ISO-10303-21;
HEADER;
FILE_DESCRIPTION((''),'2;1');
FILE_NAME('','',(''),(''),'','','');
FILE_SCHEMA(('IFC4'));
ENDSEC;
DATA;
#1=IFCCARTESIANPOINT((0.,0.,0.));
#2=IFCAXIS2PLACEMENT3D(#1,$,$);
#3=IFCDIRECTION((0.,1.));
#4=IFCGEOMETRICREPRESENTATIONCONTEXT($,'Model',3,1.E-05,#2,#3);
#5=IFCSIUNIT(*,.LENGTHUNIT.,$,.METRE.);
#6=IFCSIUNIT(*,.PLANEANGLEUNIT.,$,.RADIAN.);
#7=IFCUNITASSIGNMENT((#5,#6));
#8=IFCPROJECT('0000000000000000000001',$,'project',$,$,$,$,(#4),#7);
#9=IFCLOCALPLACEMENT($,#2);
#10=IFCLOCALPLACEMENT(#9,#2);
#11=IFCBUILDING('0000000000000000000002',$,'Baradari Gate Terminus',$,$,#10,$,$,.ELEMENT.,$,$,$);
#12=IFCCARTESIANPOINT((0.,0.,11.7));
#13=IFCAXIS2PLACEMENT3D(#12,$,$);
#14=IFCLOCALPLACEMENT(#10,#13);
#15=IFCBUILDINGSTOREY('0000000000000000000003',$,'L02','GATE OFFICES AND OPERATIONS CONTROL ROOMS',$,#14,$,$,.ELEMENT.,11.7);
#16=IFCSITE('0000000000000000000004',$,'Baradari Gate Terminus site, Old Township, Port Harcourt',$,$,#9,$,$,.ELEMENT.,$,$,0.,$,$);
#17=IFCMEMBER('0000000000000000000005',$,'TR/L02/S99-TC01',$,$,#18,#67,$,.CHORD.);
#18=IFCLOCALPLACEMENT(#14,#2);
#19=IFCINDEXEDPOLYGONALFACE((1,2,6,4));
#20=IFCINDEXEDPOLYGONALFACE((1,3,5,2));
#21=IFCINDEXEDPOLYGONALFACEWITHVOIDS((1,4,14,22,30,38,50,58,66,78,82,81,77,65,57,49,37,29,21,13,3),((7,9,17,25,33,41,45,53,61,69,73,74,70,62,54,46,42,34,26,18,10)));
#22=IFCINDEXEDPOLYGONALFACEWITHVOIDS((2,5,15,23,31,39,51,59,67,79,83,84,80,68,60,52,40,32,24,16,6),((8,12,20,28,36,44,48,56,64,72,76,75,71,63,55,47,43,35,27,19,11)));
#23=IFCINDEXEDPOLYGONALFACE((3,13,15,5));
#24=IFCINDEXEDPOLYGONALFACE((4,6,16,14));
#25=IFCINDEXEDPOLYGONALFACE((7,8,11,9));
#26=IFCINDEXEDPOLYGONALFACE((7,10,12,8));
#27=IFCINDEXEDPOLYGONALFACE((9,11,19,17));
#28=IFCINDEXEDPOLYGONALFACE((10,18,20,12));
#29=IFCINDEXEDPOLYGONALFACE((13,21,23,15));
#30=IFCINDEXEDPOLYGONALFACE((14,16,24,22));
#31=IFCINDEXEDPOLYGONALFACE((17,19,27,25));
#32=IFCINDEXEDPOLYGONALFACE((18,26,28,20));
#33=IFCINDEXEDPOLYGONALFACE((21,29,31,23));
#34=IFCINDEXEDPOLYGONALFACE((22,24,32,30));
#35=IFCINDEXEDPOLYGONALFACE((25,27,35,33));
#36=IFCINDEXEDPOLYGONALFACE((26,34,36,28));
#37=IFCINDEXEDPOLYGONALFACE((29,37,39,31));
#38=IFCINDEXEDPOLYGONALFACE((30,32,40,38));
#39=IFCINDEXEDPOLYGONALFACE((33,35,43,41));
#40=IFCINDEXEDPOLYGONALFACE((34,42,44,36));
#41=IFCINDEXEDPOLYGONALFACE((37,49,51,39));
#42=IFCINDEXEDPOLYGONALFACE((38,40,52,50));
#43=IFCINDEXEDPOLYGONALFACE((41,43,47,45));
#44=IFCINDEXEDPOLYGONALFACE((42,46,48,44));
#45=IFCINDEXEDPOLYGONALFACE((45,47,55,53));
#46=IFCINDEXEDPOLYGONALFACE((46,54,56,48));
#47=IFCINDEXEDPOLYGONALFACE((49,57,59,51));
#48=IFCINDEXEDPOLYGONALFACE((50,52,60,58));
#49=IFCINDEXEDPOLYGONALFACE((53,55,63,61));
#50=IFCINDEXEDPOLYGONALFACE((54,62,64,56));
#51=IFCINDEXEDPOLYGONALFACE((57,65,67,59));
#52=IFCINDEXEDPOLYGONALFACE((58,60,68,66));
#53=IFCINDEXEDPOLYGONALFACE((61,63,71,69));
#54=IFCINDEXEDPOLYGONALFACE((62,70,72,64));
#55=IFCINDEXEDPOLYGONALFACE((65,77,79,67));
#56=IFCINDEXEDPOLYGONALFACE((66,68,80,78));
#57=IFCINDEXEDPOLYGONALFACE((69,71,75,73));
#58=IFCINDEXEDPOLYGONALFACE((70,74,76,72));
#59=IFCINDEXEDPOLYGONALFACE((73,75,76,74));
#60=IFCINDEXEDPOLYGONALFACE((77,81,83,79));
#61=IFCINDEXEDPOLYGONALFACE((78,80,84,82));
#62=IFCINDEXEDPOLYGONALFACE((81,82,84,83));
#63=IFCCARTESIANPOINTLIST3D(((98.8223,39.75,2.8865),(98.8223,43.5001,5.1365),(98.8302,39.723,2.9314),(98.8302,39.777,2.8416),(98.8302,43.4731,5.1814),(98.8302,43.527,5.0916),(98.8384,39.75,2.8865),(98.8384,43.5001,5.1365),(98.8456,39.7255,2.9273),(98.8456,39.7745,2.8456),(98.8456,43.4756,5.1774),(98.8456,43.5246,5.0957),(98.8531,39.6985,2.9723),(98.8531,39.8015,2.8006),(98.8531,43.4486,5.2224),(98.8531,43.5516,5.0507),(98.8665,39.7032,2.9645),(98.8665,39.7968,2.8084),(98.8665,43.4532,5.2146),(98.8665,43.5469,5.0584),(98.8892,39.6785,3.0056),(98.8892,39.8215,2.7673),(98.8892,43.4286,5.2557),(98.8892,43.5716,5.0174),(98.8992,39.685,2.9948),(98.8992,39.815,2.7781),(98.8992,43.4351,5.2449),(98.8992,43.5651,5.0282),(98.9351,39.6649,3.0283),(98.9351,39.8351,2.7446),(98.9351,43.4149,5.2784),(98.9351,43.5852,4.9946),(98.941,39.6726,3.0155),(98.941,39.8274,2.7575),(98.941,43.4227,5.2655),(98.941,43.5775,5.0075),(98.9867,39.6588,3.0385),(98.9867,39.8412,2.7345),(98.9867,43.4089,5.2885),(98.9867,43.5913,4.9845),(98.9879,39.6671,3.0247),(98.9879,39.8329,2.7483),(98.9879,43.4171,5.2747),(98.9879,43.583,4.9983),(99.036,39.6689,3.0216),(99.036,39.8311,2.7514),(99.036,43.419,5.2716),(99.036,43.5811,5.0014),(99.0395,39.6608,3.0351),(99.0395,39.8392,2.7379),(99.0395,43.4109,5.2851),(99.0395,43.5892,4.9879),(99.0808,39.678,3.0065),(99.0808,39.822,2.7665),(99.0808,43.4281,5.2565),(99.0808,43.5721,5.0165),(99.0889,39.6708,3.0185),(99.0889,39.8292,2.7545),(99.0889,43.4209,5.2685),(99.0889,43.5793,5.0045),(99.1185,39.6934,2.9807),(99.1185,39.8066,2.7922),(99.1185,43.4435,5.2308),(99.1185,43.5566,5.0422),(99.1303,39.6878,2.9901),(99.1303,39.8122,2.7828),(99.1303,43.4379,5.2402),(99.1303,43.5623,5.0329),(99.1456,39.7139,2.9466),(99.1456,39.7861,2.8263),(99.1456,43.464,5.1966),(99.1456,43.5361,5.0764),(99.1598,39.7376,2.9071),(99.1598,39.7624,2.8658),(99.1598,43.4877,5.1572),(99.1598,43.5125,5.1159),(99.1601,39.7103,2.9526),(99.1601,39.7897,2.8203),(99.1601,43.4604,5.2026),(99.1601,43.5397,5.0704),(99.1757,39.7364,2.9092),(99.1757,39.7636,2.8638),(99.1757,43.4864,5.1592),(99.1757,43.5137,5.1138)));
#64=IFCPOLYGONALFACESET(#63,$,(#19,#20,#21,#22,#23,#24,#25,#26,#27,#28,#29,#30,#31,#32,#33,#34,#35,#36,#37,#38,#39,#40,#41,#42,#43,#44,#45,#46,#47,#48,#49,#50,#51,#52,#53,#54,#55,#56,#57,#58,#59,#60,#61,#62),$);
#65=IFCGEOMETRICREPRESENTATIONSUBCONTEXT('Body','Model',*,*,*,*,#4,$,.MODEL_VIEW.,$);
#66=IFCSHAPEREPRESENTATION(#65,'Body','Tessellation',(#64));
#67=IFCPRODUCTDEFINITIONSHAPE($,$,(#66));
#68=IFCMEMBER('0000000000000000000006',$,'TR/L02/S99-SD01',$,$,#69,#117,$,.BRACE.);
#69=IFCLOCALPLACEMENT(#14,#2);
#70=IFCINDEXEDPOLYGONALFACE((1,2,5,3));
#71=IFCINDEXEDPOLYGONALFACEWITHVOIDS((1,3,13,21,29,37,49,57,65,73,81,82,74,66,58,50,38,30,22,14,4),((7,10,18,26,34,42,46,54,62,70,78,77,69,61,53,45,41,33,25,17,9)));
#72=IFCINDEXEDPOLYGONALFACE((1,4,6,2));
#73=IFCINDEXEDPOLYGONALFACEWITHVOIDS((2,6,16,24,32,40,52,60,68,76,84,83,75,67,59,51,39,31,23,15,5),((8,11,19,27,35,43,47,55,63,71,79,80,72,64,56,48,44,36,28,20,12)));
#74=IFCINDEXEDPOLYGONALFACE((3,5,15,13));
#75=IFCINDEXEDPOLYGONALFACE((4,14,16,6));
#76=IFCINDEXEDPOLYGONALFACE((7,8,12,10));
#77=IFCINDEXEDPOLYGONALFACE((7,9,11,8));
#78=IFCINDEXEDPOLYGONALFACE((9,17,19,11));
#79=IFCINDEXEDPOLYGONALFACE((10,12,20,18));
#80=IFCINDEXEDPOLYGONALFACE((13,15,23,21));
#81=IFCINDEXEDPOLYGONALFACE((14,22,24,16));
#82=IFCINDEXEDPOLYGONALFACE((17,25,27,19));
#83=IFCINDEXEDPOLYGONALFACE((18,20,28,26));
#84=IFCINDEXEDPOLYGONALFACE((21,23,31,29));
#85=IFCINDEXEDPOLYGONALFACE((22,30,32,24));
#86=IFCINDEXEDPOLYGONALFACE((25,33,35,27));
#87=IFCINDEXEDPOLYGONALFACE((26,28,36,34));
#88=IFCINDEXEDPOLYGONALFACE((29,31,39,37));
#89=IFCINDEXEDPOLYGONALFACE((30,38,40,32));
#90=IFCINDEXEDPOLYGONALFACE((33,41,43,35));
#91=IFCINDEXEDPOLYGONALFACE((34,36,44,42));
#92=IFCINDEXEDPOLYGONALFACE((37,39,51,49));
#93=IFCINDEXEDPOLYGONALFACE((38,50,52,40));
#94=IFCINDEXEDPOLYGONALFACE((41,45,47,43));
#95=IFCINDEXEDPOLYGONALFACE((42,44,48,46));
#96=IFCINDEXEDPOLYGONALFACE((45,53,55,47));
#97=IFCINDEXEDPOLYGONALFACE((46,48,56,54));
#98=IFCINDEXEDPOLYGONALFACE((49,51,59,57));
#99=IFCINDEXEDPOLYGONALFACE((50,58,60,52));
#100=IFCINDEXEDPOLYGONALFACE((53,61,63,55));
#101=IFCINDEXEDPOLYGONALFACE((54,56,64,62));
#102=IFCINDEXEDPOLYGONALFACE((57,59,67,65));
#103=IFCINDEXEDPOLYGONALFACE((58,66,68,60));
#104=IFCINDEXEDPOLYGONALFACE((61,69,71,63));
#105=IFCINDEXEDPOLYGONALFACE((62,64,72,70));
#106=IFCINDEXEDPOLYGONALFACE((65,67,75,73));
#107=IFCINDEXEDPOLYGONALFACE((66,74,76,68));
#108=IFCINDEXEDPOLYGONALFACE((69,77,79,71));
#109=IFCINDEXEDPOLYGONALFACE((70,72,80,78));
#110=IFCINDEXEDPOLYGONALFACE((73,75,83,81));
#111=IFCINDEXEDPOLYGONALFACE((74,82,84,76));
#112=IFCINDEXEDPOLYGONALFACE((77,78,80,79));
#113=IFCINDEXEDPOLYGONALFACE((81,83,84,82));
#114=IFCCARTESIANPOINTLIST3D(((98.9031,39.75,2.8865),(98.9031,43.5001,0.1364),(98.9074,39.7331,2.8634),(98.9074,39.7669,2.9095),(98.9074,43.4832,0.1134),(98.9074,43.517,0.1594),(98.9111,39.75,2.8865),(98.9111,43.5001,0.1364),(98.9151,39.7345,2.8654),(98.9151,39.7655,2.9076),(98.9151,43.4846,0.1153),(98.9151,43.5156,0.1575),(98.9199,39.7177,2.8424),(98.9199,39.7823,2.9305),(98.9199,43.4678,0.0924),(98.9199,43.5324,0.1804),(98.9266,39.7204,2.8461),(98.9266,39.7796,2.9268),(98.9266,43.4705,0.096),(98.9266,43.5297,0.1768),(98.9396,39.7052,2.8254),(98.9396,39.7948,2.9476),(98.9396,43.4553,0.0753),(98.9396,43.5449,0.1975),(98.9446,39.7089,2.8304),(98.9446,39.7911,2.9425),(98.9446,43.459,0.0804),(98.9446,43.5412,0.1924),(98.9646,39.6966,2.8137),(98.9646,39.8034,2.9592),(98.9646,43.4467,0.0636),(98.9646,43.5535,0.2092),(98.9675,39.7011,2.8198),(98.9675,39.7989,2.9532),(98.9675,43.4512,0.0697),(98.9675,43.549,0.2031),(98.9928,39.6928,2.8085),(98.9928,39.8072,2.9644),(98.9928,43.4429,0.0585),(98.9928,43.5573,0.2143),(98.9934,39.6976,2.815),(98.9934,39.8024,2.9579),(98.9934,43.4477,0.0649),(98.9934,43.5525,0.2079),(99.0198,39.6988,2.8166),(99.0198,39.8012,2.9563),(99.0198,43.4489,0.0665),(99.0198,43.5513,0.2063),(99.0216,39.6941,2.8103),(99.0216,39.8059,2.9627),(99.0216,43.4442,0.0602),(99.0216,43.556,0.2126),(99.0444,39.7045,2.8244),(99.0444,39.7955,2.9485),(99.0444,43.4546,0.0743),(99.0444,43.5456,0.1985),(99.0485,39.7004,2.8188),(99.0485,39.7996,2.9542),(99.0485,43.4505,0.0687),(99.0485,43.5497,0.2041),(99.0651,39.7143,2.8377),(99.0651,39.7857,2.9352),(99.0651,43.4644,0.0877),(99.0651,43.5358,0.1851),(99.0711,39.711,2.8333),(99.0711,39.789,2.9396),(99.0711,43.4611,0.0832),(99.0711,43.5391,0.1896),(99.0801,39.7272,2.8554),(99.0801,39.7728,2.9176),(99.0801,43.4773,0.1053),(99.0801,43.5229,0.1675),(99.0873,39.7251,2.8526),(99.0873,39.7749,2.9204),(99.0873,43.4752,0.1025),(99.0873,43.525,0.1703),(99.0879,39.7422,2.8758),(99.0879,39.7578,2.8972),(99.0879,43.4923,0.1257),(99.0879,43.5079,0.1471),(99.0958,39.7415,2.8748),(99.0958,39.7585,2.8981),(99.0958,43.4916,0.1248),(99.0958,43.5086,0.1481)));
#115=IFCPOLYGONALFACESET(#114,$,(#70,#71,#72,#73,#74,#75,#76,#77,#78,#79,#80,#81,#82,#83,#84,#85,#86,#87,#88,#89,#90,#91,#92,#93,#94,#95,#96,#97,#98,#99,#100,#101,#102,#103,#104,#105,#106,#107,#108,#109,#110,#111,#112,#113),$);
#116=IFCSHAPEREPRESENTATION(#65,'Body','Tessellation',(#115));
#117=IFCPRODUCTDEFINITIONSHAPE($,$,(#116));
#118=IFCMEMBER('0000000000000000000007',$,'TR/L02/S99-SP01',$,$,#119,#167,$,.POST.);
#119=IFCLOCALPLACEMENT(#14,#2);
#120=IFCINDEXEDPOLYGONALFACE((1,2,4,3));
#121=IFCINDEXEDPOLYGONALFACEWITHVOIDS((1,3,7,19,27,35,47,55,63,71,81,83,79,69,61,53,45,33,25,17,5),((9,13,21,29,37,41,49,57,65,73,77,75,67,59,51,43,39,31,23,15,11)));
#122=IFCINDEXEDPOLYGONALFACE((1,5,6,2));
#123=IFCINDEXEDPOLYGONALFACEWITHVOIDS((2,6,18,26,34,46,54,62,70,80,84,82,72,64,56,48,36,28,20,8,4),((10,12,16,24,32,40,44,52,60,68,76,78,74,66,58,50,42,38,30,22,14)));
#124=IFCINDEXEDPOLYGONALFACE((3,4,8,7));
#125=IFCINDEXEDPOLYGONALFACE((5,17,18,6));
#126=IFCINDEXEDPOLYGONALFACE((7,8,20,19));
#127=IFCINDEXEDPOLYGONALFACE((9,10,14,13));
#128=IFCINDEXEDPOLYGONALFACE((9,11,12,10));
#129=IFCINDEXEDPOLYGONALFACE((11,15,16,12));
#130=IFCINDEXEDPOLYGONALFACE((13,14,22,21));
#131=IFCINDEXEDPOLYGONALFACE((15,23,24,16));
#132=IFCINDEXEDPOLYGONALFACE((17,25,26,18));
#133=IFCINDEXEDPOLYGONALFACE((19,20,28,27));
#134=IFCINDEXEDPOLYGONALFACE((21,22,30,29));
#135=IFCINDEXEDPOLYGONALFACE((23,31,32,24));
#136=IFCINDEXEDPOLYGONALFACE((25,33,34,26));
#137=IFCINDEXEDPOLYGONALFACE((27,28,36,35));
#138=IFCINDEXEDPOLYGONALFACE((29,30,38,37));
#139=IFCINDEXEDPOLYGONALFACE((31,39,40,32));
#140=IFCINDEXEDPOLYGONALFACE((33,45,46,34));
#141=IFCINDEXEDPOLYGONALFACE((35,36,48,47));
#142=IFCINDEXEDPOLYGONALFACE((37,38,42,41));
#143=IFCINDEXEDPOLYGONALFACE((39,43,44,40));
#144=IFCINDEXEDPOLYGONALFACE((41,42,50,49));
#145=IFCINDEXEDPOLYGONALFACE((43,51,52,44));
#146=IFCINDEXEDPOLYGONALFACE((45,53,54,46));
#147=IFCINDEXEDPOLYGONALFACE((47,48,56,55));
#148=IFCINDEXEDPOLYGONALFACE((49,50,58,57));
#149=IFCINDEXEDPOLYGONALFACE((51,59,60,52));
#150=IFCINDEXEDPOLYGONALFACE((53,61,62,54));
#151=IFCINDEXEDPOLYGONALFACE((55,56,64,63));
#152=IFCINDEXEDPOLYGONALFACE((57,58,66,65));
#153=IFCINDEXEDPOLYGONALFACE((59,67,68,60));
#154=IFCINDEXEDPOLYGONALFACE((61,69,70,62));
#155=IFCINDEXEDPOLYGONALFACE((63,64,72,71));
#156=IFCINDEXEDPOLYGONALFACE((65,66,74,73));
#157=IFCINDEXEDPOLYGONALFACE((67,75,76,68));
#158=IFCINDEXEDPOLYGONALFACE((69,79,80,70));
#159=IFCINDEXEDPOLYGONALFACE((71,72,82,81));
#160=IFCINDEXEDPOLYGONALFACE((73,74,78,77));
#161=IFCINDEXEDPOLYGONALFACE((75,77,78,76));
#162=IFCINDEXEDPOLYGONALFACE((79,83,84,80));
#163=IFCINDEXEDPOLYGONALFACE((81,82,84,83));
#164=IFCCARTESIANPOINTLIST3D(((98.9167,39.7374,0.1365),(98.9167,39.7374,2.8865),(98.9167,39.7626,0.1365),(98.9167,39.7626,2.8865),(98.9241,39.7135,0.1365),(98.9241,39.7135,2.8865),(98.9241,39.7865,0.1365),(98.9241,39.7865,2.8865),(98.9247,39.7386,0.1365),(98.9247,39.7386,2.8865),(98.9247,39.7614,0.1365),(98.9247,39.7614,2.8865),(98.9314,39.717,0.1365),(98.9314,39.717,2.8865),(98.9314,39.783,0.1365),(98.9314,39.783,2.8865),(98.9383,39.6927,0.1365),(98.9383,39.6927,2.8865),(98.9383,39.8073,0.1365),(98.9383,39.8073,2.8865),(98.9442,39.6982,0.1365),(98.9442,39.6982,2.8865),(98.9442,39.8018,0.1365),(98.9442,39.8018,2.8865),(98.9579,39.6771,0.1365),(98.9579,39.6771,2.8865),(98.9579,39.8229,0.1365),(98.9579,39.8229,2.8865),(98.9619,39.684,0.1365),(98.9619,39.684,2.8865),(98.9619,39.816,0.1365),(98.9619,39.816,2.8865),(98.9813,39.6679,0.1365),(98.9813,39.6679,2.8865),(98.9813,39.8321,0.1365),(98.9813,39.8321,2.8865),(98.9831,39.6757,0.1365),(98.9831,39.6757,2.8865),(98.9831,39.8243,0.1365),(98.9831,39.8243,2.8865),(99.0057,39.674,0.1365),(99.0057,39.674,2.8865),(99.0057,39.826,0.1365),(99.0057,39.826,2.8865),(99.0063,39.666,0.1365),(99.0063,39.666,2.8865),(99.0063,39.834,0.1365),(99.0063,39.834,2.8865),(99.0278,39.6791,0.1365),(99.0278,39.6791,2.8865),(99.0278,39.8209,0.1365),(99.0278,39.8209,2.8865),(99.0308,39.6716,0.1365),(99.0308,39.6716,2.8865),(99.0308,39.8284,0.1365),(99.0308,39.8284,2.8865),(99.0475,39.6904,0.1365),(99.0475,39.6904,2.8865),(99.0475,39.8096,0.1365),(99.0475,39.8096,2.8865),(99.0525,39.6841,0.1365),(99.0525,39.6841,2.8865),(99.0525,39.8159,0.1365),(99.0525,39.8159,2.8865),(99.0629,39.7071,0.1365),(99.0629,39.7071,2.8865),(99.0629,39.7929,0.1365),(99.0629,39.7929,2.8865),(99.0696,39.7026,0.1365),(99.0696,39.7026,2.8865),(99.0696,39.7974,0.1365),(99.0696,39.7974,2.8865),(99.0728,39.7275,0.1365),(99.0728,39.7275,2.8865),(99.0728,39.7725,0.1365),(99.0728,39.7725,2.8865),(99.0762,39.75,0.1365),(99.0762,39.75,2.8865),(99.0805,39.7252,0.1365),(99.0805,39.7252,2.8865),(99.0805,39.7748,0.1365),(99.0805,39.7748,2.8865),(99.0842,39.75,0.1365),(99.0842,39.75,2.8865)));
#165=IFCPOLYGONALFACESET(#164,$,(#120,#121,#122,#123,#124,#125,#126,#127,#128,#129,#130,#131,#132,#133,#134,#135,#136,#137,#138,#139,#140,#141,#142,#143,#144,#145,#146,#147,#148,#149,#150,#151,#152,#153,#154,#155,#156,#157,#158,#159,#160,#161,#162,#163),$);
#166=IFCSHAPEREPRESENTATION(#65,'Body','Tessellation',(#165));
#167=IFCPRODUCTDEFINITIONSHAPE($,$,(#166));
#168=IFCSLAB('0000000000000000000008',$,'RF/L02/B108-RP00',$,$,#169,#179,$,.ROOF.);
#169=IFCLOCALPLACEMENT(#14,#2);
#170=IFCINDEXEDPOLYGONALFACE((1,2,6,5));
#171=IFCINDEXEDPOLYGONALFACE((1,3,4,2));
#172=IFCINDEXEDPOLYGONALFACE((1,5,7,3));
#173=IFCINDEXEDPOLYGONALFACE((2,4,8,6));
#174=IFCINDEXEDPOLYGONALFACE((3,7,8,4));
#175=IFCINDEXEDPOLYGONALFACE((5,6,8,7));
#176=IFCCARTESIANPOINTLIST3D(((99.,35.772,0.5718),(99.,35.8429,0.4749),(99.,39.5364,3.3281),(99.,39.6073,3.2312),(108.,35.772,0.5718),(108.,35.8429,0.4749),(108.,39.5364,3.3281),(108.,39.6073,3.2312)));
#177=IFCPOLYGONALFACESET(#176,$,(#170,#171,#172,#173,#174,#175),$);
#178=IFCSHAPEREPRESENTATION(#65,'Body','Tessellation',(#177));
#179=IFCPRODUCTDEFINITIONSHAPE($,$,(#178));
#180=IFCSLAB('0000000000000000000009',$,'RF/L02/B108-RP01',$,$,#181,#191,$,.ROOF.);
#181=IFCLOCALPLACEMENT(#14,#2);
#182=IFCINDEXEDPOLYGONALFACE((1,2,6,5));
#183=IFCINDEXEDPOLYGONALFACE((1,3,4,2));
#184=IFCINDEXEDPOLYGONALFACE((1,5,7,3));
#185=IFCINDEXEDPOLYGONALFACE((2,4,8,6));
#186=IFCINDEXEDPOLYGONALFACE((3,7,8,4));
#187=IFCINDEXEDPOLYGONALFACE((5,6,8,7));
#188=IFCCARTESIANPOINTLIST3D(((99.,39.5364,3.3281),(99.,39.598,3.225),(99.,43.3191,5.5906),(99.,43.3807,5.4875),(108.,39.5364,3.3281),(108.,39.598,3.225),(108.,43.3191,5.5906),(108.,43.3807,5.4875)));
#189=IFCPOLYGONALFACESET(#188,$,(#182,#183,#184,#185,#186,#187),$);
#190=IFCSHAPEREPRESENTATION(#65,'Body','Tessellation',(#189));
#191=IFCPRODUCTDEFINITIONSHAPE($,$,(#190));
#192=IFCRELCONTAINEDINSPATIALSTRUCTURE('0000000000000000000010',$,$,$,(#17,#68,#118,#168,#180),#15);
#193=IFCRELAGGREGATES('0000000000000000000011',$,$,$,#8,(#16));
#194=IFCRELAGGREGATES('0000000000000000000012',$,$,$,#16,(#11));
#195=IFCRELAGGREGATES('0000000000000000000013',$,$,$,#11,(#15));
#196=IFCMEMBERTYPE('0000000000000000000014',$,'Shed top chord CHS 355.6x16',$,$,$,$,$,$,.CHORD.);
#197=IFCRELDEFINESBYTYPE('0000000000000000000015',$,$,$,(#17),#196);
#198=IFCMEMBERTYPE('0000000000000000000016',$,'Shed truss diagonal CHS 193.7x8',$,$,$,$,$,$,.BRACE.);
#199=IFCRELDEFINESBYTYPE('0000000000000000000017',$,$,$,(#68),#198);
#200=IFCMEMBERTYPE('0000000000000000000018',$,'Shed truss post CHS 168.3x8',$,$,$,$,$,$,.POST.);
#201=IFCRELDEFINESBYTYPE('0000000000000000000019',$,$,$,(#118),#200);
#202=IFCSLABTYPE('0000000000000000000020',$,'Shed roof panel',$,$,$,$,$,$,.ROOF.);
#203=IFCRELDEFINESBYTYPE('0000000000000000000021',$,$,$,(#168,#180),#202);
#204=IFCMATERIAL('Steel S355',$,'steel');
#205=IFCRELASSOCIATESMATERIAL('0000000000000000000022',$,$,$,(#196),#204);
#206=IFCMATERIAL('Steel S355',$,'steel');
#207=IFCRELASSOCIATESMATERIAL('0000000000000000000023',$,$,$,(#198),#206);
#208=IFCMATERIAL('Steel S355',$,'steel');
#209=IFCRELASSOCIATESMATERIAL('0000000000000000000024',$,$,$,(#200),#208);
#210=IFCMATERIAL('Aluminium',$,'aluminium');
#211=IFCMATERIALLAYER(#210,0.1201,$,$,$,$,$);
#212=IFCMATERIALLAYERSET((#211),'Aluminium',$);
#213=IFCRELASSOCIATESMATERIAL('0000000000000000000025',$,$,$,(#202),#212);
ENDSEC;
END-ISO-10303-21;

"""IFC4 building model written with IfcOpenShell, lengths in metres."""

from ifc_helpers import new_model, si_unit, direction, frame, origin, origin_2d, place, context, subcontext, project, spatial, polyline, hollow_circle, outline, extrude, material, layer, layer_set, material_profile, profile_set, type_object, element, save


model = new_model("IFC4")

# Units and contexts
model_context = context("Model", 3, precision=1e-05, world=origin(), true_north=direction((0.0, 1.0)))
body_context = subcontext(model_context, "Body", "Model", "MODEL_VIEW")
ifc_project = project(units=[si_unit("LENGTHUNIT", "METRE"), si_unit("PLANEANGLEUNIT", "RADIAN")], contexts=[model_context])

# Site, building, storey
site_placement = place(None, origin())
site = spatial("IfcSite", under=ifc_project, at=site_placement, Name="Baradari Gate Terminus site, Old Township, Port Harcourt", CompositionType="ELEMENT", RefElevation=0.0)
building_placement = place(site_placement, origin())
building = spatial("IfcBuilding", under=site, at=building_placement, Name="Baradari Gate Terminus", CompositionType="ELEMENT")
storey_placement = place(building_placement, frame((0.0, 0.0, 11.7)))
storey = spatial("IfcBuildingStorey", under=building, at=storey_placement, Name="L02", Description="GATE OFFICES AND OPERATIONS CONTROL ROOMS", CompositionType="ELEMENT", Elevation=11.7)

# Members
ifc_material_1 = material(Name="Steel S355", Category="steel")
ifc_material_profile_1 = material_profile(ifc_material_1, hollow_circle(Radius=0.1777, WallThickness=0.0161, at=origin_2d()), Name="CHS 355.6x16")
ifc_profile_set_1 = profile_set([ifc_material_profile_1], Name="Steel S355")
member_type_1 = type_object("IfcMemberType", Name="Shed top chord CHS 355.6x16", PredefinedType="CHORD", material=ifc_profile_set_1)
member_1_placement = place(storey_placement, frame((99.0, 39.75, 2.8865), z_axis=(0.0, 0.857493, 0.514496), x_axis=(-1.0, 0.0, 0.0)))
element("IfcMember", 1, at=member_1_placement, inside=storey, type_object=member_type_1, Name="TR/L02/S99-TC01", PredefinedType="CHORD", context=body_context, shape_type="SweptSolid", body=[
    extrude(hollow_circle(Radius=0.1777, WallThickness=0.0161, at=origin_2d()), origin(), (0.0, 0.0, 1.0), 4.3733),
])
ifc_material_2 = material(Name="Steel S355", Category="steel")
ifc_material_profile_2 = material_profile(ifc_material_2, hollow_circle(Radius=0.0969, WallThickness=0.0081, at=origin_2d()), Name="CHS 193.7x8")
ifc_profile_set_2 = profile_set([ifc_material_profile_2], Name="Steel S355")
member_type_2 = type_object("IfcMemberType", Name="Shed truss diagonal CHS 193.7x8", PredefinedType="BRACE", material=ifc_profile_set_2)
member_2_placement = place(storey_placement, frame((99.0, 39.75, 2.8865), z_axis=(0.0, 0.806405, -0.591364), x_axis=(-1.0, 0.0, 0.0)))
element("IfcMember", 2, at=member_2_placement, inside=storey, type_object=member_type_2, Name="TR/L02/S99-SD01", PredefinedType="BRACE", context=body_context, shape_type="SweptSolid", body=[
    extrude(hollow_circle(Radius=0.0969, WallThickness=0.0081, at=origin_2d()), origin(), (0.0, 0.0, 1.0), 4.6504),
])
ifc_material_3 = material(Name="Steel S355", Category="steel")
ifc_material_profile_3 = material_profile(ifc_material_3, hollow_circle(Radius=0.0842, WallThickness=0.0081, at=origin_2d()), Name="CHS 168.3x8")
ifc_profile_set_3 = profile_set([ifc_material_profile_3], Name="Steel S355")
member_type_3 = type_object("IfcMemberType", Name="Shed truss post CHS 168.3x8", PredefinedType="POST", material=ifc_profile_set_3)
member_3_placement = place(storey_placement, frame((99.0, 39.75, 0.1365), z_axis=(0.0, 0.0, 1.0), x_axis=(1.0, 0.0, 0.0)))
element("IfcMember", 3, at=member_3_placement, inside=storey, type_object=member_type_3, Name="TR/L02/S99-SP01", PredefinedType="POST", context=body_context, shape_type="SweptSolid", body=[
    extrude(hollow_circle(Radius=0.0842, WallThickness=0.0081, at=origin_2d()), origin(), (0.0, 0.0, 1.0), 2.75),
])

# Slabs
ifc_material_4 = material(Name="Aluminium", Category="aluminium")
ifc_layer_1 = layer(ifc_material_4, 0.1201)
ifc_layer_set_1 = layer_set([ifc_layer_1], Name="Aluminium")
slab_type = type_object("IfcSlabType", Name="Shed roof panel", PredefinedType="ROOF", material=ifc_layer_set_1)
slab_1_placement = place(storey_placement, frame((99.0, 35.772, 0.5718), z_axis=(0.0, -0.590776, 0.806836), x_axis=(1.0, 0.0, 0.0)))
element("IfcSlab", 4, at=slab_1_placement, inside=storey, type_object=slab_type, Name="RF/L02/B108-RP00", PredefinedType="ROOF", context=body_context, shape_type="SweptSolid", body=[
    extrude(outline(polyline([(0.0, 0.0), (9.0, 0.0), (9.0, 4.6656), (0.0, 4.6656), (0.0, 0.0)])), origin(), (0.0, 0.0, -1.0), 0.1201),
])
slab_2_placement = place(storey_placement, frame((99.0, 39.5364, 3.3281), z_axis=(0.0, -0.513298, 0.858211), x_axis=(1.0, 0.0, 0.0)))
element("IfcSlab", 5, at=slab_2_placement, inside=storey, type_object=slab_type, Name="RF/L02/B108-RP01", PredefinedType="ROOF", context=body_context, shape_type="SweptSolid", body=[
    extrude(outline(polyline([(0.0, 0.0), (9.0, 0.0), (9.0, 4.4077), (0.0, 4.4077), (0.0, 0.0)])), origin(), (0.0, 0.0, -1.0), 0.1201),
])

save(model, "model.ifc")
